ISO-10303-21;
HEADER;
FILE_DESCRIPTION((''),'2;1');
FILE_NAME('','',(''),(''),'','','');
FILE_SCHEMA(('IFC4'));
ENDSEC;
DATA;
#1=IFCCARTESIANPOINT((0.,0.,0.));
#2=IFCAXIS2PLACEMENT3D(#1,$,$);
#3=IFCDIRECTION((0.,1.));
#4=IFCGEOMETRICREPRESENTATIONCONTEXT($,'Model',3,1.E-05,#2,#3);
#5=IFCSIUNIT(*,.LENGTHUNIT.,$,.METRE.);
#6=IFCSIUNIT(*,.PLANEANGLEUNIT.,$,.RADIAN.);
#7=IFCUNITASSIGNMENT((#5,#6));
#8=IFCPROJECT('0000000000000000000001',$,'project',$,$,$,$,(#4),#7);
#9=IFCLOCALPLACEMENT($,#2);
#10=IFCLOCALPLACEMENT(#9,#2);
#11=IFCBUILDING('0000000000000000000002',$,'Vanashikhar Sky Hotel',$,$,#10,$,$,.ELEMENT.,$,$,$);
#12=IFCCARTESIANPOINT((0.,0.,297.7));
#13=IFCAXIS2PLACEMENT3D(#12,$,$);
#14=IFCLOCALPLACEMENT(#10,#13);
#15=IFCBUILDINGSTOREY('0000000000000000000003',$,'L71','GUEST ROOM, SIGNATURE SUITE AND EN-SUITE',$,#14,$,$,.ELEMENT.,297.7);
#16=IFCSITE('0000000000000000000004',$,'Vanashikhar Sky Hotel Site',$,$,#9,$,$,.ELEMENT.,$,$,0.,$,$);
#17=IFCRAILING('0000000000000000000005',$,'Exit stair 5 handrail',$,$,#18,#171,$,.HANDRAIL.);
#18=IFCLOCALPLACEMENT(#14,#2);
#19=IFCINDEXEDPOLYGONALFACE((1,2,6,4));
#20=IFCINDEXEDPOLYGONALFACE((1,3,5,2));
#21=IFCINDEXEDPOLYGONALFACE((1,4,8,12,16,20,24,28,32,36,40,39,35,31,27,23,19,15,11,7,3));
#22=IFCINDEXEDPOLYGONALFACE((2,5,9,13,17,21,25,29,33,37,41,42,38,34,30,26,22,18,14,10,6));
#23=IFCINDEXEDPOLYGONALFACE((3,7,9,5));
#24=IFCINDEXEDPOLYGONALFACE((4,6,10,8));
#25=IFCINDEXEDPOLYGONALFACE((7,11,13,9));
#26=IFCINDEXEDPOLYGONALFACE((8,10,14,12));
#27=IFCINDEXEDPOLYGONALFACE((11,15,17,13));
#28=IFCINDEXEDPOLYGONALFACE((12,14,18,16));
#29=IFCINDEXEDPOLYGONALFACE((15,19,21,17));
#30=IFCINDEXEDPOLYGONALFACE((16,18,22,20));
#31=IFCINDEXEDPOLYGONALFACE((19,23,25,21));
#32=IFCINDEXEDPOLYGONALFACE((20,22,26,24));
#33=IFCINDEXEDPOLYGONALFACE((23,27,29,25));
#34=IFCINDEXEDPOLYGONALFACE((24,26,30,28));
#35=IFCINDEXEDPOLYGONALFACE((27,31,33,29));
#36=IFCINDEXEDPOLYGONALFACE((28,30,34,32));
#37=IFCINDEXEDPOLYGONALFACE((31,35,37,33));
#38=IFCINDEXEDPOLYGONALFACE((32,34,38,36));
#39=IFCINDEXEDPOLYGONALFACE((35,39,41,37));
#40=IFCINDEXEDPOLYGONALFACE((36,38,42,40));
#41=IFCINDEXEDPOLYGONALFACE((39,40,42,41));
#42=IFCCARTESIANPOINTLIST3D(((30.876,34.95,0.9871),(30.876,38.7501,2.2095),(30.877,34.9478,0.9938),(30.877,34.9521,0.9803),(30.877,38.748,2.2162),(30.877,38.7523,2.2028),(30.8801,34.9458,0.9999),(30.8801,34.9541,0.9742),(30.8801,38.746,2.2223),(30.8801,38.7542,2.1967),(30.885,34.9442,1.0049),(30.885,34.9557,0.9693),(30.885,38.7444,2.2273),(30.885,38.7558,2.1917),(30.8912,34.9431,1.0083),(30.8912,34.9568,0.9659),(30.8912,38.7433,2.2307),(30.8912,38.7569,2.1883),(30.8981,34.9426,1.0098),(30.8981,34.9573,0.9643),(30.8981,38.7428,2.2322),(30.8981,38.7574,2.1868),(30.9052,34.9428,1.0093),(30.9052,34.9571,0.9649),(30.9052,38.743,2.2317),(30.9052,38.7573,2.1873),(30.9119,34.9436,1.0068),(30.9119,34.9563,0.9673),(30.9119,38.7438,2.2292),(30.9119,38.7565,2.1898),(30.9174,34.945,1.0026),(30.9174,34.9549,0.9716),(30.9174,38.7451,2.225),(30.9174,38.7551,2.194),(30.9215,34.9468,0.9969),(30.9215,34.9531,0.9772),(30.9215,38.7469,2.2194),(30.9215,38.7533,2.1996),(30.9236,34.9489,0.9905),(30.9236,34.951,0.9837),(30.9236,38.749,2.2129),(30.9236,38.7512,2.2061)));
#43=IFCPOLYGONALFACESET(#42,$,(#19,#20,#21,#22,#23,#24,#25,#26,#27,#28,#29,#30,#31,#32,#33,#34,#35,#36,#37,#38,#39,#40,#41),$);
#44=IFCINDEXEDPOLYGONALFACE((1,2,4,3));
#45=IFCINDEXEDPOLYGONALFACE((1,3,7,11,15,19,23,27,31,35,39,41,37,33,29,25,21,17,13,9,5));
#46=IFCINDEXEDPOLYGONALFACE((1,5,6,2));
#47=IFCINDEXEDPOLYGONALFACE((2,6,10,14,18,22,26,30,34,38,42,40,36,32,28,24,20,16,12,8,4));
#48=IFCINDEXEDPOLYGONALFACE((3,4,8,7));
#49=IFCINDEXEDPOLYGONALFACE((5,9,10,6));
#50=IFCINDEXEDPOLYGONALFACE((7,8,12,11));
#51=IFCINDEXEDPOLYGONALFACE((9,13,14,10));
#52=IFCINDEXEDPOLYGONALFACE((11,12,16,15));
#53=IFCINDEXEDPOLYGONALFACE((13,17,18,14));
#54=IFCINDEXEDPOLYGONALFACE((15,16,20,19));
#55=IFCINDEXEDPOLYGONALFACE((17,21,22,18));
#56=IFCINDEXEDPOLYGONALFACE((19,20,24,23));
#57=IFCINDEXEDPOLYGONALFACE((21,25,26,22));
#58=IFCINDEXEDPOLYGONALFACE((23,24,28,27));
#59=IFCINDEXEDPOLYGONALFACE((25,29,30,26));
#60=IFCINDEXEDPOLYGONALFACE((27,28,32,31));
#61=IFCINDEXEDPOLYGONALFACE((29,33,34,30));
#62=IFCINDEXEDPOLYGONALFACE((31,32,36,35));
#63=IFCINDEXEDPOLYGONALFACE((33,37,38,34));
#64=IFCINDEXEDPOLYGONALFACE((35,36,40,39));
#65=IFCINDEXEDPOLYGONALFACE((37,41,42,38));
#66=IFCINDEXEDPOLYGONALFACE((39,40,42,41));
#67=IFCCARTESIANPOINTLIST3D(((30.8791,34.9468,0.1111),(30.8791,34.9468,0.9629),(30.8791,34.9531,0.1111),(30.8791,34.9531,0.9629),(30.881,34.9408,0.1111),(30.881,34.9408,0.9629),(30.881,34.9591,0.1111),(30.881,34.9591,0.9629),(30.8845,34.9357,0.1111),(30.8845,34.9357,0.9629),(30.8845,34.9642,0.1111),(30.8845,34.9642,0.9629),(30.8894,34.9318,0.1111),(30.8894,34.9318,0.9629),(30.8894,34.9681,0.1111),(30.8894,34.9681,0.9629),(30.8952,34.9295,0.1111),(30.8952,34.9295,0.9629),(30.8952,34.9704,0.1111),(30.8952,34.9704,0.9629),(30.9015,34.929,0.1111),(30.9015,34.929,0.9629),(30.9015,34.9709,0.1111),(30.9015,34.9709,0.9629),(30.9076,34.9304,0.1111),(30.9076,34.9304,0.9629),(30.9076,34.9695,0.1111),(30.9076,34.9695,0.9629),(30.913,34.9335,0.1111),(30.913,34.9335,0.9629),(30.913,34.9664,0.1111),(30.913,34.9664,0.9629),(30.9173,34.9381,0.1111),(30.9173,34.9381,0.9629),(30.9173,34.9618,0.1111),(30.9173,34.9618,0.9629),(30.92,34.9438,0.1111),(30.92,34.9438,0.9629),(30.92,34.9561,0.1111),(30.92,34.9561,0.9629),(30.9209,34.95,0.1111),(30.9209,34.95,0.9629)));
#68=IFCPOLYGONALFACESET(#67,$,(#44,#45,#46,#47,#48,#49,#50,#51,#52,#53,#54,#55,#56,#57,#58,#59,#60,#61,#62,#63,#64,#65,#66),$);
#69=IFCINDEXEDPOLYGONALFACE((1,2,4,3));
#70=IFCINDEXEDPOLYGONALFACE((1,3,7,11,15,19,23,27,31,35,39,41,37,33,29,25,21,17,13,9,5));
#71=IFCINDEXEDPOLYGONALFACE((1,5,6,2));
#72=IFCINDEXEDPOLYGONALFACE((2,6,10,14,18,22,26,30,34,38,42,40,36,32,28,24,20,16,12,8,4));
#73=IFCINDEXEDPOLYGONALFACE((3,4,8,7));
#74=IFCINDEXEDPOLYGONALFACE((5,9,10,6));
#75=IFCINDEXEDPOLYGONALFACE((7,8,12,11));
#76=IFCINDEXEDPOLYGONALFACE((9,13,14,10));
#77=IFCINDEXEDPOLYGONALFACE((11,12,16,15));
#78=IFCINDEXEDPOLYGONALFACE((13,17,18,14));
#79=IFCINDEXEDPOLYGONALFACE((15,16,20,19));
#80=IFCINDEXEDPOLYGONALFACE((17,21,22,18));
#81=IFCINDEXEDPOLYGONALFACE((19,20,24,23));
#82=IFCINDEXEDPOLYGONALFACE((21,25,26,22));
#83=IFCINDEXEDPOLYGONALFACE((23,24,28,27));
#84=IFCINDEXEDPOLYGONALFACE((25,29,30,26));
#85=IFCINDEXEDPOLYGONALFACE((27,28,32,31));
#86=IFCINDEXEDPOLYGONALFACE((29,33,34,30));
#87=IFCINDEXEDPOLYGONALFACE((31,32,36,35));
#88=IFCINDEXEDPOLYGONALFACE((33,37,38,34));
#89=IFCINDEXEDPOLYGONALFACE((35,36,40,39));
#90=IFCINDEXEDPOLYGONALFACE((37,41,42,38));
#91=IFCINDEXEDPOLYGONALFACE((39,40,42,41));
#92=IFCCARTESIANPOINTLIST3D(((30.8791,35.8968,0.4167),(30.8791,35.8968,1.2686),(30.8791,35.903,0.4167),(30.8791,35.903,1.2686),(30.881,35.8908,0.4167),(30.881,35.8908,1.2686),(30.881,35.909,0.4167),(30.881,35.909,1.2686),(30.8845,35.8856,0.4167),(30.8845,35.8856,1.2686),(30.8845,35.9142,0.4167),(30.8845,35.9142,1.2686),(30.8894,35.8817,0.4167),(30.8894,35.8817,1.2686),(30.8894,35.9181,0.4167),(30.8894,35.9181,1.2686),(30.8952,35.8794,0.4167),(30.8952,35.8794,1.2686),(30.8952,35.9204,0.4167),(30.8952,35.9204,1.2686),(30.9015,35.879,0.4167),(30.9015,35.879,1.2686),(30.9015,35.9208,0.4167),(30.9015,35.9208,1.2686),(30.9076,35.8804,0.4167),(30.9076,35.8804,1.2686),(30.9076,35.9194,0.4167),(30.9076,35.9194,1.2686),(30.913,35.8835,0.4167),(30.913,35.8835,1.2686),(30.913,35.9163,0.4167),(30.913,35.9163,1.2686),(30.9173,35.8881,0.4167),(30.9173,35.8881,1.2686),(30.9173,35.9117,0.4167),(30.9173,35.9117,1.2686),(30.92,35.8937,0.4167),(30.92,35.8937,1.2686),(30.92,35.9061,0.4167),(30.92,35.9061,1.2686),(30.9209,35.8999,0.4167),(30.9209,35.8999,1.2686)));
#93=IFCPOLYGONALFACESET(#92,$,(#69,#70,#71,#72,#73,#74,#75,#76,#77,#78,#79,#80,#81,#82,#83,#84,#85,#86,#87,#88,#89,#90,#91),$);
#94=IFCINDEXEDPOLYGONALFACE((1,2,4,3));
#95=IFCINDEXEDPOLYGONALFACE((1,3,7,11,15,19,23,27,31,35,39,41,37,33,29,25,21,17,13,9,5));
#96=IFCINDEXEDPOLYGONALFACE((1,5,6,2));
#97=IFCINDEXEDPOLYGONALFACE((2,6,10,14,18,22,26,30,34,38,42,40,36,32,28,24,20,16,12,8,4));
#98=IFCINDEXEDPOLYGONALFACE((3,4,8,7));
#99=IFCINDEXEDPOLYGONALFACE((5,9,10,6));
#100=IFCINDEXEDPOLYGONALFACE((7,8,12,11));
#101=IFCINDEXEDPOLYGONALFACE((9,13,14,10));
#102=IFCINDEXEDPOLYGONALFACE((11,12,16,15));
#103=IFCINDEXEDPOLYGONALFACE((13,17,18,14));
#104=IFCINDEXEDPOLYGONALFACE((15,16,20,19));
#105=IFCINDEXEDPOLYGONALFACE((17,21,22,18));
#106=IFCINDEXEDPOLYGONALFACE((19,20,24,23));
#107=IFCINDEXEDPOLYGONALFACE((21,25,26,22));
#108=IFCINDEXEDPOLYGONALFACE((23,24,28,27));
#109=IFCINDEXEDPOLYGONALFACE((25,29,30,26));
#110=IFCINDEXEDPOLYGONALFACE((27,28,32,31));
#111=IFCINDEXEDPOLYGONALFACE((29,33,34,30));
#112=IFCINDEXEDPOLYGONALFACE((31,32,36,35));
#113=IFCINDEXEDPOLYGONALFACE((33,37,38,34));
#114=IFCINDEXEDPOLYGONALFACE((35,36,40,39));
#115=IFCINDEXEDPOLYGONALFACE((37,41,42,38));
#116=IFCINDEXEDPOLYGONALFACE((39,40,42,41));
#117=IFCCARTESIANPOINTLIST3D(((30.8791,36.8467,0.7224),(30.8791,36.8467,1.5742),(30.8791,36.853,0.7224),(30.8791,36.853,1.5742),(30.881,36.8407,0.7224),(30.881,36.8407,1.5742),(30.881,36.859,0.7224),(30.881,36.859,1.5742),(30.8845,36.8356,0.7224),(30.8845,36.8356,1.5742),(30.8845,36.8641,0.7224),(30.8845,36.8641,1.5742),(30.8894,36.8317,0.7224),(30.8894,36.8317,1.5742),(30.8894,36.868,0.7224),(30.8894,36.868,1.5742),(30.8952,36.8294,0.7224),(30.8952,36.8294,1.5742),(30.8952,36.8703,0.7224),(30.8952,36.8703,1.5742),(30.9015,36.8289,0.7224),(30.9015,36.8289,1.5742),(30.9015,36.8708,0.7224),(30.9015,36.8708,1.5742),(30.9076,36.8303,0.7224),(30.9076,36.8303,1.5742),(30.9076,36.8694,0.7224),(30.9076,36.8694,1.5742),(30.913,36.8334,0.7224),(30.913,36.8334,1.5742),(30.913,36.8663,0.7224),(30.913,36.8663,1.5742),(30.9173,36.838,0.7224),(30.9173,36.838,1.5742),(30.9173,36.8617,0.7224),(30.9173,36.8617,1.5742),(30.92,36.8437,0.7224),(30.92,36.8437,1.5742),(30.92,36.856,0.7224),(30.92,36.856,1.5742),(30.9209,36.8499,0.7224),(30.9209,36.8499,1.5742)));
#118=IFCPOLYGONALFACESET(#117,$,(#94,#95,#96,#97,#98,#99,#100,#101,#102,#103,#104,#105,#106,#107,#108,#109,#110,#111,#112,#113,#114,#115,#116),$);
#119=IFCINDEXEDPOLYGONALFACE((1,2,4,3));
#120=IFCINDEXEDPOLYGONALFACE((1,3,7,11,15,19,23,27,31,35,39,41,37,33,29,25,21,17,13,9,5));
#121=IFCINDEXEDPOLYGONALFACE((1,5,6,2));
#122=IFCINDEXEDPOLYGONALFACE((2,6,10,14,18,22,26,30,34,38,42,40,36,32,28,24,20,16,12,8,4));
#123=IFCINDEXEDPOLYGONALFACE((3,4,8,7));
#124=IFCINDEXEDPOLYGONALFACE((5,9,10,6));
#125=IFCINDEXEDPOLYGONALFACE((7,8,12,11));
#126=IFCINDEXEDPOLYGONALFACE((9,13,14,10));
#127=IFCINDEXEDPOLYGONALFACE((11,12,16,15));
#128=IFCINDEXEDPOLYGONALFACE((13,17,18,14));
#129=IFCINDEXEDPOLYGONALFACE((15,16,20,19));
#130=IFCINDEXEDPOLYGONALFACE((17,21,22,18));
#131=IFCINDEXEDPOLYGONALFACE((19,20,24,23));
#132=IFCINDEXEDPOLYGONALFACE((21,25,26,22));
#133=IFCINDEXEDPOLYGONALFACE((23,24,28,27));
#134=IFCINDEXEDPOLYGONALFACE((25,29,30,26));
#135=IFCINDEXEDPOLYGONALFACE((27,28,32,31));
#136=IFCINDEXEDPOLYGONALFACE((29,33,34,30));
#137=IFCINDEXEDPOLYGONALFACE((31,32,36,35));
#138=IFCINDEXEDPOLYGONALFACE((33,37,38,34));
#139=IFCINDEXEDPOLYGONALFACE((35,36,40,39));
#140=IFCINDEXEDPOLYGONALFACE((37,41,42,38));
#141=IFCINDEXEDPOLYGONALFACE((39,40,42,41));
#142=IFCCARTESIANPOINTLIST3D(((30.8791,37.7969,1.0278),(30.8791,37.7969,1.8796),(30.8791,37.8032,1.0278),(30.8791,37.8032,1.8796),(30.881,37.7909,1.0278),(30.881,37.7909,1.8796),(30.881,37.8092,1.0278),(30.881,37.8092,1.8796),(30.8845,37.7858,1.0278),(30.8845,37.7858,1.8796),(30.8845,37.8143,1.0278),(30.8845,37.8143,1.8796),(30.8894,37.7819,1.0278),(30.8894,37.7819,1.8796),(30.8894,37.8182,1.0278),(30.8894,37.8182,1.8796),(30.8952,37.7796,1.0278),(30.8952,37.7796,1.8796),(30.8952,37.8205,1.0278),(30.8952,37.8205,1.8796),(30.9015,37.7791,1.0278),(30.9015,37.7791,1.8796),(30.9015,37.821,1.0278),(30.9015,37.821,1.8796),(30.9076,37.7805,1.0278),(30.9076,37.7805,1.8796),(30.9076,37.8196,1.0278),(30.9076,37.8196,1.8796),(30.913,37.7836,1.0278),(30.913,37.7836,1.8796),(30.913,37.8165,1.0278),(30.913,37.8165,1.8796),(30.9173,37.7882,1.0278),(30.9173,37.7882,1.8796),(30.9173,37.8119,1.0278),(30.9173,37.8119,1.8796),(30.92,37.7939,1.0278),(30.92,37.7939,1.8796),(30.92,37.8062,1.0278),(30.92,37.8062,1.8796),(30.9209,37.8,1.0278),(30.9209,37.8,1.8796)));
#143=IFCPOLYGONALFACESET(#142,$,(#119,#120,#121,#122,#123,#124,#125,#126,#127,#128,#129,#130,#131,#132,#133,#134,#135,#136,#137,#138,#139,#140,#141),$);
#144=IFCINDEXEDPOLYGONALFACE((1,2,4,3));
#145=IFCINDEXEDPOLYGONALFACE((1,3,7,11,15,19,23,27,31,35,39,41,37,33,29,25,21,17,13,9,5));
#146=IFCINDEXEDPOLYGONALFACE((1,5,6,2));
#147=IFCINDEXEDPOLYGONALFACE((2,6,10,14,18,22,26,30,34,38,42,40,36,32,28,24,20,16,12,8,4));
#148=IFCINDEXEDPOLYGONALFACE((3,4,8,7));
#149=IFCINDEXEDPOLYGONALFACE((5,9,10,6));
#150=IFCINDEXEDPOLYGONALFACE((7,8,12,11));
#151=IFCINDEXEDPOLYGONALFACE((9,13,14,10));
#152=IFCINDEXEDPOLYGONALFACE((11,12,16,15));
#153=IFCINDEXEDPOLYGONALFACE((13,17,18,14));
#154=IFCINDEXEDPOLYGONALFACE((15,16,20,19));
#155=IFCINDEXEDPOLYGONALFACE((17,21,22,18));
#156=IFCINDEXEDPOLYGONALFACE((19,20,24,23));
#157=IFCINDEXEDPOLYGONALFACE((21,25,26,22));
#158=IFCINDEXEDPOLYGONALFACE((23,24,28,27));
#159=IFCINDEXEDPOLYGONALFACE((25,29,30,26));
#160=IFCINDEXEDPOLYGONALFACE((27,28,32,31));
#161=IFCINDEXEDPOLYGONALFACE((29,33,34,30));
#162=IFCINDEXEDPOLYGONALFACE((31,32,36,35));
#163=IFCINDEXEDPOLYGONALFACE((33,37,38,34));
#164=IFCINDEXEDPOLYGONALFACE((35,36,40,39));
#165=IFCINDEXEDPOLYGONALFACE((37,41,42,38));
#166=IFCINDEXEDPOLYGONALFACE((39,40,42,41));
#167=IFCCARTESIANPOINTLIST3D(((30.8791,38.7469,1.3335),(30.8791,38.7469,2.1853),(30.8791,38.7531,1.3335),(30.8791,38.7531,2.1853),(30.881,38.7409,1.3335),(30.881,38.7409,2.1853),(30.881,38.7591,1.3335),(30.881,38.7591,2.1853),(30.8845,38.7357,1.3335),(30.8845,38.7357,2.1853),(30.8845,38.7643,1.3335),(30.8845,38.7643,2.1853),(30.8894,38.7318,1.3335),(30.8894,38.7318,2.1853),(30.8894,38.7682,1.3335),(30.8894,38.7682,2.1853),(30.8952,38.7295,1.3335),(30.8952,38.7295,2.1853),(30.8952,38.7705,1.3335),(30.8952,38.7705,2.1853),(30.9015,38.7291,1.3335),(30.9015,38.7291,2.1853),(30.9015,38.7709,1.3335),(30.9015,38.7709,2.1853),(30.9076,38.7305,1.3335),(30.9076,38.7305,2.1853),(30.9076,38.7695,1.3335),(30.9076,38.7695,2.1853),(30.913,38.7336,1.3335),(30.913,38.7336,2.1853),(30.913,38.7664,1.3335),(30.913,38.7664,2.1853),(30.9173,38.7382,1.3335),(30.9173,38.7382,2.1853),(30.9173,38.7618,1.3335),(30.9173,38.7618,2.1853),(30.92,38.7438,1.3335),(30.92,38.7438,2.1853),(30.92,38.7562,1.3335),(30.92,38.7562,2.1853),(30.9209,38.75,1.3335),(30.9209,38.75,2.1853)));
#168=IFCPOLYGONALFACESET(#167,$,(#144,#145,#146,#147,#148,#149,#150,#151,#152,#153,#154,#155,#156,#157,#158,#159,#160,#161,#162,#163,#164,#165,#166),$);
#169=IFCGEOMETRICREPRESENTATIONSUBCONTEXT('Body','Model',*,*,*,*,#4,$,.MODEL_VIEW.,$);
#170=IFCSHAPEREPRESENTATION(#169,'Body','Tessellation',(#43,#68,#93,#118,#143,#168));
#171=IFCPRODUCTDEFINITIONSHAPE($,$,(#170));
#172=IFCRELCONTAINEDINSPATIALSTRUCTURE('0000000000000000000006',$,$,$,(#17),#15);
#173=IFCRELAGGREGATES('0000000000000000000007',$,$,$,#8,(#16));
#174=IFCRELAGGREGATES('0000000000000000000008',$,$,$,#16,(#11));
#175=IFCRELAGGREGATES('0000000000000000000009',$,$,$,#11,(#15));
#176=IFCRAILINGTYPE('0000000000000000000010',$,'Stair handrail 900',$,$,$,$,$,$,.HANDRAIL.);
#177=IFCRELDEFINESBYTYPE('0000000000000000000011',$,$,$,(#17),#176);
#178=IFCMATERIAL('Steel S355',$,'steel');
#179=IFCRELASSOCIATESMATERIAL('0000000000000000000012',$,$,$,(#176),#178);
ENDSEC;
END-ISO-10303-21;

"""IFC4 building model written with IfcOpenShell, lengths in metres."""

from ifc_helpers import new_model, si_unit, direction, frame, origin, origin_2d, place, context, subcontext, project, spatial, circle, extrude, source, transform, mapped, material, type_object, element, save


model = new_model("IFC4")

# Units and contexts
model_context = context("Model", 3, precision=1e-05, world=origin(), true_north=direction((0.0, 1.0)))
body_context = subcontext(model_context, "Body", "Model", "MODEL_VIEW")
ifc_project = project(units=[si_unit("LENGTHUNIT", "METRE"), si_unit("PLANEANGLEUNIT", "RADIAN")], contexts=[model_context])

# Site, building, storey
site_placement = place(None, origin())
site = spatial("IfcSite", under=ifc_project, at=site_placement, Name="Vanashikhar Sky Hotel Site", CompositionType="ELEMENT", RefElevation=0.0)
building_placement = place(site_placement, origin())
building = spatial("IfcBuilding", under=site, at=building_placement, Name="Vanashikhar Sky Hotel", CompositionType="ELEMENT")
storey_placement = place(building_placement, frame((0.0, 0.0, 297.7)))
storey = spatial("IfcBuildingStorey", under=building, at=storey_placement, Name="L71", Description="GUEST ROOM, SIGNATURE SUITE AND EN-SUITE", CompositionType="ELEMENT", Elevation=297.7)

# Railing
ifc_material_1 = material(Name="Steel S355", Category="steel")
railing_type_1 = type_object("IfcRailingType", Name="Stair handrail 900", PredefinedType="HANDRAIL", material=ifc_material_1)
shared_shape_1 = source(origin(), body_context, "Body", "SweptSolid", [
    extrude(circle(Radius=0.0239, at=origin_2d()), frame((0.0, 0.0, 0.876), z_axis=(0.0, 0.951958, 0.306229), x_axis=(-1.0, 0.0, 0.0)), (0.0, 0.0, 1.0), 3.9919),
    extrude(circle(Radius=0.021, at=origin_2d()), origin(), (0.0, 0.0, 1.0), 0.8518),
    extrude(circle(Radius=0.021, at=origin_2d()), frame((0.0, 0.95, 0.3057)), (0.0, 0.0, 1.0), 0.8518),
    extrude(circle(Radius=0.021, at=origin_2d()), frame((0.0, 1.8999, 0.6113)), (0.0, 0.0, 1.0), 0.8518),
    extrude(circle(Radius=0.021, at=origin_2d()), frame((0.0, 2.8501, 0.9167)), (0.0, 0.0, 1.0), 0.8518),
    extrude(circle(Radius=0.021, at=origin_2d()), frame((0.0, 3.8, 1.2224)), (0.0, 0.0, 1.0), 0.8518),
])
railing_1_placement = place(storey_placement, frame((30.8999, 34.95, 0.1111)))
element("IfcRailing", 1, at=railing_1_placement, inside=storey, type_object=railing_type_1, Name="Exit stair 5 handrail", PredefinedType="HANDRAIL", context=body_context, shape_type="MappedRepresentation", body=[
    mapped(shared_shape_1, transform((0.0, 0.0, 0.0), scale=1.0)),
])

save(model, "model.ifc")
